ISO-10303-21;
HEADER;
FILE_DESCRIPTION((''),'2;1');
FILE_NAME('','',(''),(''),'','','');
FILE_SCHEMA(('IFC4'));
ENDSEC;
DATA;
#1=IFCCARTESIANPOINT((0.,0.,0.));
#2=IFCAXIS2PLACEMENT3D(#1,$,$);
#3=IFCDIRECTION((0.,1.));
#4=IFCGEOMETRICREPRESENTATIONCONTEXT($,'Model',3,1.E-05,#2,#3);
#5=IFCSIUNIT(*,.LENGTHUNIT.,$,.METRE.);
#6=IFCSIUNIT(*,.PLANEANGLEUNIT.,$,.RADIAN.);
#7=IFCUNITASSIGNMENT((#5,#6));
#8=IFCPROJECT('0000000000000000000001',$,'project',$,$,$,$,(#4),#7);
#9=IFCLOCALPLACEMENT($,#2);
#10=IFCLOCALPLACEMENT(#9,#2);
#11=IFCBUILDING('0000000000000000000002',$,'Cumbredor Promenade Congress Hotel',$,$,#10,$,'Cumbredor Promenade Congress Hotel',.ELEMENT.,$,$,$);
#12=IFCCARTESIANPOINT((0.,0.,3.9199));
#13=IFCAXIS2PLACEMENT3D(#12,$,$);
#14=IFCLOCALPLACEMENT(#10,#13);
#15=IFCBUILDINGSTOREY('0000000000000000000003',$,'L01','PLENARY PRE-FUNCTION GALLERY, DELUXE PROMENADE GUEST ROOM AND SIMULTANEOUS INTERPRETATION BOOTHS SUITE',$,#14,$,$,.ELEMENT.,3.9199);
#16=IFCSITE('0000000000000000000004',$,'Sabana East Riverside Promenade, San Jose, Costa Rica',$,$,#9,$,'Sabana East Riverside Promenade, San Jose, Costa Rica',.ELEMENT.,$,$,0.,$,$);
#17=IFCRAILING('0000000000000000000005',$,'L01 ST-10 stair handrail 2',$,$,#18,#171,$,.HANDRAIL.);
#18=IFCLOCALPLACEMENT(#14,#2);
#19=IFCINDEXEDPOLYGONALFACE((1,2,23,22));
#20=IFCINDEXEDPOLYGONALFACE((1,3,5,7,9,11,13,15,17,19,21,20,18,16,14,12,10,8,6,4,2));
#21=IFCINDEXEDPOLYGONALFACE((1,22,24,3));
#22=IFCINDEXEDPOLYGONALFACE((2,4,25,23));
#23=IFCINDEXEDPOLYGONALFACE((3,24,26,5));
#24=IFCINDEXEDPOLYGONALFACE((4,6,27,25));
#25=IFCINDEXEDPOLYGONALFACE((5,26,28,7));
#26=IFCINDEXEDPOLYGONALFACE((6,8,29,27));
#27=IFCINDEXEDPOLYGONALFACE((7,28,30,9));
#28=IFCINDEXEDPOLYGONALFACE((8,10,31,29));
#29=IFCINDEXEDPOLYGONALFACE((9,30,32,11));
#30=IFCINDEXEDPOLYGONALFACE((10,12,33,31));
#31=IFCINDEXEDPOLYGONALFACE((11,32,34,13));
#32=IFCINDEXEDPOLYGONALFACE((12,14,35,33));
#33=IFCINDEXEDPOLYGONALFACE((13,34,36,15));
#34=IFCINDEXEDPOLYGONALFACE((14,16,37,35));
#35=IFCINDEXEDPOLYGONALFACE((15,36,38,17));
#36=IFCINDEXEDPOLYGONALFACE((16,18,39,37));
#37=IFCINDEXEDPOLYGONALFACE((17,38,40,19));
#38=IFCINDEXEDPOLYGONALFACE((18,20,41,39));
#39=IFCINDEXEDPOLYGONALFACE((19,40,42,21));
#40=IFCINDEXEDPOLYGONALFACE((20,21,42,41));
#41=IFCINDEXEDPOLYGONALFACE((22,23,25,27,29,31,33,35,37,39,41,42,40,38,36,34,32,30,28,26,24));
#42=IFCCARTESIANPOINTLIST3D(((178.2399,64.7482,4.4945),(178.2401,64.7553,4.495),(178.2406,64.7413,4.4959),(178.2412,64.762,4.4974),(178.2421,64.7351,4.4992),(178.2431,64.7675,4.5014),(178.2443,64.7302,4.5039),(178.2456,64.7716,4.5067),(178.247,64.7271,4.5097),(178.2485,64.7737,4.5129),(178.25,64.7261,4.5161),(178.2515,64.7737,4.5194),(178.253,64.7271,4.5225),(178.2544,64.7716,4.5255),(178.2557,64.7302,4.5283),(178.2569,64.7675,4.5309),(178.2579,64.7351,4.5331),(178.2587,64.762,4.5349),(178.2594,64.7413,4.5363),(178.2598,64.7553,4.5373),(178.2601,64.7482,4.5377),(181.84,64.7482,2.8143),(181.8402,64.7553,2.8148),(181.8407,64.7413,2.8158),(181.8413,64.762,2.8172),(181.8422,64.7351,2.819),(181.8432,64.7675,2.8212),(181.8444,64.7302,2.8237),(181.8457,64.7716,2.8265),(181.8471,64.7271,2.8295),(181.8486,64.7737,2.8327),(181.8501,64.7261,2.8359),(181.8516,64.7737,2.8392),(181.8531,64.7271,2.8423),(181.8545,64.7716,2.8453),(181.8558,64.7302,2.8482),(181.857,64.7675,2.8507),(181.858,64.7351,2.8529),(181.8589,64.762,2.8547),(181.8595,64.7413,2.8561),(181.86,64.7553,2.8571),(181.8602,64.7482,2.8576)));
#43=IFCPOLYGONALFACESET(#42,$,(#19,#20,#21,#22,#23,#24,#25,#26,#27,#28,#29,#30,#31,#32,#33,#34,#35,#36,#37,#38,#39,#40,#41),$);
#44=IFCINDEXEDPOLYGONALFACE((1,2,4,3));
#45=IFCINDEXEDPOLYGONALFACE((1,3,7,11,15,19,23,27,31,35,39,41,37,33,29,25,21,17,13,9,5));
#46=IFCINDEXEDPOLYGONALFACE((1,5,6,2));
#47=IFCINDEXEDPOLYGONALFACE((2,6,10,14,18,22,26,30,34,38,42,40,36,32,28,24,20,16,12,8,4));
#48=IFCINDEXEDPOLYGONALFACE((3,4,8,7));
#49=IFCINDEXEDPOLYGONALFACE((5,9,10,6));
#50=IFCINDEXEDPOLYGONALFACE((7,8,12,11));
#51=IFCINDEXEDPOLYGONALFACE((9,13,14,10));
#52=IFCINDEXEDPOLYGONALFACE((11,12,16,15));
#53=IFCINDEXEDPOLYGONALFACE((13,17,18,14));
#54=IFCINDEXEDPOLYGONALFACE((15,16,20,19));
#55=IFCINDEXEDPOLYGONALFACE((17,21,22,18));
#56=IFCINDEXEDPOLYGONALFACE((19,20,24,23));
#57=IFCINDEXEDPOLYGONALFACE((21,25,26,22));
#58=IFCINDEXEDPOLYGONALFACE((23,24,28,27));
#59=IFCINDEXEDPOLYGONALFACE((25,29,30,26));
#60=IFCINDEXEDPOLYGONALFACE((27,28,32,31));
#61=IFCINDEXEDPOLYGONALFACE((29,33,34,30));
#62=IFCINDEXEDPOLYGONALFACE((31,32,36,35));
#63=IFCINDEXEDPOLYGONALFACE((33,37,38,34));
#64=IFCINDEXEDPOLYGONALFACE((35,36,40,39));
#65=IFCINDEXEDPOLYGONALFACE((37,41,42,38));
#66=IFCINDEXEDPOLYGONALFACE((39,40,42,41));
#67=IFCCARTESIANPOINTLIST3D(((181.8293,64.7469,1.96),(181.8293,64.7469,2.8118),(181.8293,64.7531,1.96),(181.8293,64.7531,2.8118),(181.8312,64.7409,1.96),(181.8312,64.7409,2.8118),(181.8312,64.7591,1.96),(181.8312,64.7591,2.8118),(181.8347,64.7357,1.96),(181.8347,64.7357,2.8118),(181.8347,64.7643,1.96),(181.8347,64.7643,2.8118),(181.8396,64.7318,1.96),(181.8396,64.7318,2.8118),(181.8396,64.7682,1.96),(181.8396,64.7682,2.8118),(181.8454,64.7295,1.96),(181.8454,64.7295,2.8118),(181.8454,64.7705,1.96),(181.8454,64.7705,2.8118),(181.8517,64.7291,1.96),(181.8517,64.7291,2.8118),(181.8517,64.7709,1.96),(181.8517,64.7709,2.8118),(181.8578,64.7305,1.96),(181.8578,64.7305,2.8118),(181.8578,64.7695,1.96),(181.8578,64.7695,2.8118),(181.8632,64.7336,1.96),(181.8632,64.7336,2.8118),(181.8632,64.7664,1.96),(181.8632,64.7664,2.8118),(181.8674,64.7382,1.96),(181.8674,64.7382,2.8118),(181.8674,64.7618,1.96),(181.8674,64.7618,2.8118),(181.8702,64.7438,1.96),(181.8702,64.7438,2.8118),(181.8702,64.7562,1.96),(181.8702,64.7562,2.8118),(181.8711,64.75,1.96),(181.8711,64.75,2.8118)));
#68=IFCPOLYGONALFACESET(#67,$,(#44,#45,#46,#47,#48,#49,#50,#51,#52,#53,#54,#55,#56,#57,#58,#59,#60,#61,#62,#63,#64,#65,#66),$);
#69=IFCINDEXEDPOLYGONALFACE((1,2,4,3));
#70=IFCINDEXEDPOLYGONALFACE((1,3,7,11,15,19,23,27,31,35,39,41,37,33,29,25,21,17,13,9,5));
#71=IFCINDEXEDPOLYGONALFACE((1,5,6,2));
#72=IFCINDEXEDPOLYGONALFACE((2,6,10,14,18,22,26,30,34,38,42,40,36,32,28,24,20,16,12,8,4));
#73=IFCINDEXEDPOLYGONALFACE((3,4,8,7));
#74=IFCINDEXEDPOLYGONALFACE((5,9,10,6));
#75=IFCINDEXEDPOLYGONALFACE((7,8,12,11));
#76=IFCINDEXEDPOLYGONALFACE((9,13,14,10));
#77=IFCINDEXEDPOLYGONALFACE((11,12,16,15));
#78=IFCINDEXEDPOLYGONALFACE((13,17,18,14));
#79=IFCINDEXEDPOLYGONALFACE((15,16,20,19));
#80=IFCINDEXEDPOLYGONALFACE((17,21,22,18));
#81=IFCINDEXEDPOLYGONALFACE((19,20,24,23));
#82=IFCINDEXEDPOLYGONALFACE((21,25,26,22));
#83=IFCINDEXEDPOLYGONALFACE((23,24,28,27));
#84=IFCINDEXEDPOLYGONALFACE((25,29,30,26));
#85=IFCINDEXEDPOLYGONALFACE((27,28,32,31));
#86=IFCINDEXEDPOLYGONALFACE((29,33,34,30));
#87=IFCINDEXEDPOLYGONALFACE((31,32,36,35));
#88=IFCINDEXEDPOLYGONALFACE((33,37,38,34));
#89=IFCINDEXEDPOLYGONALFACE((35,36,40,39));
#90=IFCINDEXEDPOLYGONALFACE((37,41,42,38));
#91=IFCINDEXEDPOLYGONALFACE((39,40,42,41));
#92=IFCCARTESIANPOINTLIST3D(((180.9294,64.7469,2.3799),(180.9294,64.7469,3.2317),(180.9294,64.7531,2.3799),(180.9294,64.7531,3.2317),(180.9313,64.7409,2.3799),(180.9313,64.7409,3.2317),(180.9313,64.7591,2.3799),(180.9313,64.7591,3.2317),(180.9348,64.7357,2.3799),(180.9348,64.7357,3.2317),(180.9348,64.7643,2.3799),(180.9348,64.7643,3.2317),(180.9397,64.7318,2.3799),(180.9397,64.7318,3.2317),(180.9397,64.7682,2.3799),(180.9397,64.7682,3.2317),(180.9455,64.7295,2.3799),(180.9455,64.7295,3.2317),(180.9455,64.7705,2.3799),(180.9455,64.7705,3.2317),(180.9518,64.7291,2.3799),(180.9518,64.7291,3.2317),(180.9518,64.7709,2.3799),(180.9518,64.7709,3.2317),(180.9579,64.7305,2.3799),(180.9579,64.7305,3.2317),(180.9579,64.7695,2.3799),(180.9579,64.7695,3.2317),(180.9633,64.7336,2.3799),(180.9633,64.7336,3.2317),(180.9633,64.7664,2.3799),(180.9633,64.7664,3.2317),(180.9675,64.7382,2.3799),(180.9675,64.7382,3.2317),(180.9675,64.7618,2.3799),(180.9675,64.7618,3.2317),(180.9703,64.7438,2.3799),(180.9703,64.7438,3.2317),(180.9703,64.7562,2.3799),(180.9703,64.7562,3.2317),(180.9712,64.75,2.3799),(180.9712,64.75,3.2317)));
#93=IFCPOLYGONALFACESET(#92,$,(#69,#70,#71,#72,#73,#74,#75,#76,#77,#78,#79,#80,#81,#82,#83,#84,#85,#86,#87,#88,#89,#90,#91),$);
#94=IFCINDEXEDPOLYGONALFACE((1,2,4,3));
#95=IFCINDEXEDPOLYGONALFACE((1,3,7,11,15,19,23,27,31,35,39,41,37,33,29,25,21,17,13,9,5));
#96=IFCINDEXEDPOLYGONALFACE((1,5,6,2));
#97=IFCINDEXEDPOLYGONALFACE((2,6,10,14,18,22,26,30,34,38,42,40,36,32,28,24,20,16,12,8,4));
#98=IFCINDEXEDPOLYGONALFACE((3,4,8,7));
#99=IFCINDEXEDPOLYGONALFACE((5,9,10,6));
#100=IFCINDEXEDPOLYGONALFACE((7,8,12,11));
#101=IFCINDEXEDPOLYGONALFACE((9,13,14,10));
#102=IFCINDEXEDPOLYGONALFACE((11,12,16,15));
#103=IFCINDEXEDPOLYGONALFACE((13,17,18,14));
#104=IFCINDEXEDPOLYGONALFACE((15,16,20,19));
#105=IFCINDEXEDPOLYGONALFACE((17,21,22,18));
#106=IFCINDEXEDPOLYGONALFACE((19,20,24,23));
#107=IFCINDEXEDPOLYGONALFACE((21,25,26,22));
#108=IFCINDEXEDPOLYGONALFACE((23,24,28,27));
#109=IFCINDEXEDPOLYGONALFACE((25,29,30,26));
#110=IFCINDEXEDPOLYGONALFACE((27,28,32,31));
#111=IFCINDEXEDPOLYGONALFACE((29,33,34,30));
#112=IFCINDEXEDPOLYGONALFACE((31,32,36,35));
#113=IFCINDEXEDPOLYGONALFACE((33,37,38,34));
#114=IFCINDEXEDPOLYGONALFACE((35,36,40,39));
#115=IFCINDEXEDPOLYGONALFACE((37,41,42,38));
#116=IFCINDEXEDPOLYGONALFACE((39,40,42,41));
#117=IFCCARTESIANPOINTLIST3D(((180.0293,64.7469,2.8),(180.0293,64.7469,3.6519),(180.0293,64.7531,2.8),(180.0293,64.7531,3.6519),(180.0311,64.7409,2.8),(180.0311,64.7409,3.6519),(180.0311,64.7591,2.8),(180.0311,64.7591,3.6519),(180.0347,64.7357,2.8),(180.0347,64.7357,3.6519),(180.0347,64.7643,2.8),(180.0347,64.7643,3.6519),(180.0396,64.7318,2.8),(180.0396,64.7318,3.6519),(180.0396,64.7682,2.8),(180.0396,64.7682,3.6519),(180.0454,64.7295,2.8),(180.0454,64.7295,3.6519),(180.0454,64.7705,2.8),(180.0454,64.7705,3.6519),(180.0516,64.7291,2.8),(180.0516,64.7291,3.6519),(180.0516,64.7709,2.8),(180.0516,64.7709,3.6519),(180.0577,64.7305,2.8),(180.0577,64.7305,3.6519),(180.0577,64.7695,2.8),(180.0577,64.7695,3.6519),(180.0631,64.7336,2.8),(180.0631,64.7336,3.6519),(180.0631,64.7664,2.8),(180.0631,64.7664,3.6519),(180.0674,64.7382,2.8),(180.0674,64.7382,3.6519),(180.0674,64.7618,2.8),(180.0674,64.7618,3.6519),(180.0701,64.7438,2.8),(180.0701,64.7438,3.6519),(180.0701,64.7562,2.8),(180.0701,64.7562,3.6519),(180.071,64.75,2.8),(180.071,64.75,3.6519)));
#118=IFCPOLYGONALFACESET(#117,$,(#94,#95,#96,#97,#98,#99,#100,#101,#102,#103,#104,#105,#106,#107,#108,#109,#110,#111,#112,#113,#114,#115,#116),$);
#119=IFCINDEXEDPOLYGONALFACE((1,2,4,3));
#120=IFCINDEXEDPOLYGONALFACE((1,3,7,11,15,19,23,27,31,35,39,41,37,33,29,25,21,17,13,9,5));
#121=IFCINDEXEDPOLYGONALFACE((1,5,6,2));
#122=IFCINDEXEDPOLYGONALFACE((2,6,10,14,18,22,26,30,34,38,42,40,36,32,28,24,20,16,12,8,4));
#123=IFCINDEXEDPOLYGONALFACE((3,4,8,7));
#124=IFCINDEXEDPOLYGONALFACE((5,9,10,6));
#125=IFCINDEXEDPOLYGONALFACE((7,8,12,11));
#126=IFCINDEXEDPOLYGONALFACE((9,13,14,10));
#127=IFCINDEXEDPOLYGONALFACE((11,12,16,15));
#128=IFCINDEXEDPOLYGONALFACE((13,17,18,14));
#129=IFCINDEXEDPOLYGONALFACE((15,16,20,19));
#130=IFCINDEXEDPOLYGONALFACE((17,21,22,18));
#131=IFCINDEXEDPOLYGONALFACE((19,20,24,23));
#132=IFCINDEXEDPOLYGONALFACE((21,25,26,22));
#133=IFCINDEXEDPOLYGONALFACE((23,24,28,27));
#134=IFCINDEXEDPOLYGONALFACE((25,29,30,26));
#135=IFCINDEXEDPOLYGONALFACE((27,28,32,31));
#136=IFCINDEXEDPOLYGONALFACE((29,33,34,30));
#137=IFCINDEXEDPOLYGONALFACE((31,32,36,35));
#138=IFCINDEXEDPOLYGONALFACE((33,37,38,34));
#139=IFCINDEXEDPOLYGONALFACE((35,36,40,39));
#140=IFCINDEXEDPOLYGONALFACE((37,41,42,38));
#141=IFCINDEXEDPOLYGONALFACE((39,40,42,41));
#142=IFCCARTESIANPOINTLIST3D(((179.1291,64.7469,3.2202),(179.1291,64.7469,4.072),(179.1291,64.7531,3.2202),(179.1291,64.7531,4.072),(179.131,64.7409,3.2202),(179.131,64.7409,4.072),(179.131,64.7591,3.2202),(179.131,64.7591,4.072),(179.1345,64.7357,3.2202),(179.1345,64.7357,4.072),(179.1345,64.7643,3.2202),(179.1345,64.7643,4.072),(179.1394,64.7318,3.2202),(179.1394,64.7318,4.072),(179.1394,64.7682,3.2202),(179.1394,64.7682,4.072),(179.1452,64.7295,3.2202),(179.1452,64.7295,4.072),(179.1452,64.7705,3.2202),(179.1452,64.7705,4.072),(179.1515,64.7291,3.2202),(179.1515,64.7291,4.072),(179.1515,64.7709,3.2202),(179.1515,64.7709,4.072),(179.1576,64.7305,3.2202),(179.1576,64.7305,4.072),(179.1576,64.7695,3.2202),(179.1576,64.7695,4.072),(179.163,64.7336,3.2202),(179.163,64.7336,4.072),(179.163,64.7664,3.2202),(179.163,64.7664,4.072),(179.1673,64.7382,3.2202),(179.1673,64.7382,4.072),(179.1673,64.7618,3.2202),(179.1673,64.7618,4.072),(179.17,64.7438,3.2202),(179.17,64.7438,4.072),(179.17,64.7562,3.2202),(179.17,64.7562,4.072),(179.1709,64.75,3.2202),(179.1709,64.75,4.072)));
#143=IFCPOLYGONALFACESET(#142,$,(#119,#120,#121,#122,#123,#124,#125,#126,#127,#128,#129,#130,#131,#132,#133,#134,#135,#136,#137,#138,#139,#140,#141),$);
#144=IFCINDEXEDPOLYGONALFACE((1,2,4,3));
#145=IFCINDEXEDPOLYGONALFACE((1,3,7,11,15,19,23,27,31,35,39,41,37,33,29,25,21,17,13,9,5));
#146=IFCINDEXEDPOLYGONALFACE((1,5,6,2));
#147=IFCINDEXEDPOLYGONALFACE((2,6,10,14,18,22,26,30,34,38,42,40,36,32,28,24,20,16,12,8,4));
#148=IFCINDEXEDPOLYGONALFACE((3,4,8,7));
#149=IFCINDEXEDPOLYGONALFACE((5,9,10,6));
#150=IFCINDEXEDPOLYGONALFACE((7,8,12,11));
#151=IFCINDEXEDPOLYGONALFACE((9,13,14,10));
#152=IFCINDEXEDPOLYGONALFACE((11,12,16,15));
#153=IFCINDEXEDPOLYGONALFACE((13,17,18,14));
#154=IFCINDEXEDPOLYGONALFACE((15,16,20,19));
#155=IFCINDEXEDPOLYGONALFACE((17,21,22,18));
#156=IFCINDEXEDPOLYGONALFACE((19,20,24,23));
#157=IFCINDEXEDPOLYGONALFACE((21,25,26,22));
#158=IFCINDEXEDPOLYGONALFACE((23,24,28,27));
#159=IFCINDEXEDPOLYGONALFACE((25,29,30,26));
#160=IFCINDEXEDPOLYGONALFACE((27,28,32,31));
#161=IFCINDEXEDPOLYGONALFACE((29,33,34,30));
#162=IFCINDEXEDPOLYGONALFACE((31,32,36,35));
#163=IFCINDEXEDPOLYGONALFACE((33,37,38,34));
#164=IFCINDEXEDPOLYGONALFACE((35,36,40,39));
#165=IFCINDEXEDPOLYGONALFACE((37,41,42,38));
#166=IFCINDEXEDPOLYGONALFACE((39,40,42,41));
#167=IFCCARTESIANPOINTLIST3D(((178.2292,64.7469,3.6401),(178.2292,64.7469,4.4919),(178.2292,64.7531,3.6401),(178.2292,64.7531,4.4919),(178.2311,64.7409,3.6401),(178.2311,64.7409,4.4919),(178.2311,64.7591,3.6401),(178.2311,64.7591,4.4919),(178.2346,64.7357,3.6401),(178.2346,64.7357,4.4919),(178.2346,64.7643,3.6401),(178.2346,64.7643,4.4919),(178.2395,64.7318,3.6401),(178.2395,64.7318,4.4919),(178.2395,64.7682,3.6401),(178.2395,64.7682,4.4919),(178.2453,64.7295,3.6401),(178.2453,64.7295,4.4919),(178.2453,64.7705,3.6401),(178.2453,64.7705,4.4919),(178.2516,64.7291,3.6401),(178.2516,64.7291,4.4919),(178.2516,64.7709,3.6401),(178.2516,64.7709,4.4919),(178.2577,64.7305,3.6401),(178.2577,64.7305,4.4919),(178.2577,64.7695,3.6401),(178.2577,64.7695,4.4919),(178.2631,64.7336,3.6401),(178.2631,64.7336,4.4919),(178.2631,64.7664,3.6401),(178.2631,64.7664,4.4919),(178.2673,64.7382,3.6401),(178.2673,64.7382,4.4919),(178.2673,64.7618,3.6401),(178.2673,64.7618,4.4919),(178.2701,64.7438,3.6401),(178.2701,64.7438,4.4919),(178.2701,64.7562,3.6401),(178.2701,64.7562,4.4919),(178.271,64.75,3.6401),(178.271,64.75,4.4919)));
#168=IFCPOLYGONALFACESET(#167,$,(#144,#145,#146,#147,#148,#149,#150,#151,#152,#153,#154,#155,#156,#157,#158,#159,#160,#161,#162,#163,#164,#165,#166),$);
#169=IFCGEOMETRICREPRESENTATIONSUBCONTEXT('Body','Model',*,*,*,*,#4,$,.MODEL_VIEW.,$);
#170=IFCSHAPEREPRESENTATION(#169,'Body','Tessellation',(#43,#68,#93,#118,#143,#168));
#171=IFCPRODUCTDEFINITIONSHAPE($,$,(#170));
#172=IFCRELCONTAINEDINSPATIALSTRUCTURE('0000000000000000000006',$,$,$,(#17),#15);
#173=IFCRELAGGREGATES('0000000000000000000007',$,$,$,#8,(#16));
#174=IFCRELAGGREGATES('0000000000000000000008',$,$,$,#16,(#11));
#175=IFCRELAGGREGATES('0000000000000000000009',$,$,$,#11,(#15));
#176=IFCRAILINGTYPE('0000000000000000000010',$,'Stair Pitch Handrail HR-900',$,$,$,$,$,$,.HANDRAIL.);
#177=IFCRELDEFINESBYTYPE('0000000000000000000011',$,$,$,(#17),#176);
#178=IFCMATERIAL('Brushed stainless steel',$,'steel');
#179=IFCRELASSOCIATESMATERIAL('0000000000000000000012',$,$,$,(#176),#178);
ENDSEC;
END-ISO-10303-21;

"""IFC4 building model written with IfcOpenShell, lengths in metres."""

from ifc_helpers import new_model, si_unit, direction, frame, origin, origin_2d, place, context, subcontext, project, spatial, circle, extrude, material, type_object, element, save


model = new_model("IFC4")

# Units and contexts
model_context = context("Model", 3, precision=1e-05, world=origin(), true_north=direction((0.0, 1.0)))
body_context = subcontext(model_context, "Body", "Model", "MODEL_VIEW")
ifc_project = project(units=[si_unit("LENGTHUNIT", "METRE"), si_unit("PLANEANGLEUNIT", "RADIAN")], contexts=[model_context])

# Site, building, storey
site_placement = place(None, origin())
site = spatial("IfcSite", under=ifc_project, at=site_placement, Name="Sabana East Riverside Promenade, San Jose, Costa Rica", LongName="Sabana East Riverside Promenade, San Jose, Costa Rica", CompositionType="ELEMENT", RefElevation=0.0)
building_placement = place(site_placement, origin())
building = spatial("IfcBuilding", under=site, at=building_placement, Name="Cumbredor Promenade Congress Hotel", LongName="Cumbredor Promenade Congress Hotel", CompositionType="ELEMENT")
storey_placement = place(building_placement, frame((0.0, 0.0, 3.9199)))
storey = spatial("IfcBuildingStorey", under=building, at=storey_placement, Name="L01", Description="PLENARY PRE-FUNCTION GALLERY, DELUXE PROMENADE GUEST ROOM AND SIMULTANEOUS INTERPRETATION BOOTHS SUITE", CompositionType="ELEMENT", Elevation=3.9199)

# Railing
ifc_material_1 = material(Name="Brushed stainless steel", Category="steel")
railing_type_1 = type_object("IfcRailingType", Name="Stair Pitch Handrail HR-900", PredefinedType="HANDRAIL", material=ifc_material_1)
railing_1_placement = place(storey_placement, frame((181.8501, 64.75, 1.96)))
element("IfcRailing", 1, at=railing_1_placement, inside=storey, type_object=railing_type_1, Name="L01 ST-10 stair handrail 2", PredefinedType="HANDRAIL", context=body_context, shape_type="SweptSolid", body=[
    extrude(circle(Radius=0.0239, at=origin_2d()), frame((0.0, 0.0, 0.876), z_axis=(-0.906171, 0.0, 0.422912), x_axis=(0.0, -1.0, 0.0)), (0.0, 0.0, 1.0), 3.9729),
    extrude(circle(Radius=0.021, at=origin_2d()), origin(), (0.0, 0.0, 1.0), 0.8518),
    extrude(circle(Radius=0.021, at=origin_2d()), frame((-0.8999, 0.0, 0.4199)), (0.0, 0.0, 1.0), 0.8518),
    extrude(circle(Radius=0.021, at=origin_2d()), frame((-1.8, 0.0, 0.8401)), (0.0, 0.0, 1.0), 0.8518),
    extrude(circle(Radius=0.021, at=origin_2d()), frame((-2.7002, 0.0, 1.2603)), (0.0, 0.0, 1.0), 0.8518),
    extrude(circle(Radius=0.021, at=origin_2d()), frame((-3.6001, 0.0, 1.6802)), (0.0, 0.0, 1.0), 0.8518),
])

save(model, "model.ifc")
